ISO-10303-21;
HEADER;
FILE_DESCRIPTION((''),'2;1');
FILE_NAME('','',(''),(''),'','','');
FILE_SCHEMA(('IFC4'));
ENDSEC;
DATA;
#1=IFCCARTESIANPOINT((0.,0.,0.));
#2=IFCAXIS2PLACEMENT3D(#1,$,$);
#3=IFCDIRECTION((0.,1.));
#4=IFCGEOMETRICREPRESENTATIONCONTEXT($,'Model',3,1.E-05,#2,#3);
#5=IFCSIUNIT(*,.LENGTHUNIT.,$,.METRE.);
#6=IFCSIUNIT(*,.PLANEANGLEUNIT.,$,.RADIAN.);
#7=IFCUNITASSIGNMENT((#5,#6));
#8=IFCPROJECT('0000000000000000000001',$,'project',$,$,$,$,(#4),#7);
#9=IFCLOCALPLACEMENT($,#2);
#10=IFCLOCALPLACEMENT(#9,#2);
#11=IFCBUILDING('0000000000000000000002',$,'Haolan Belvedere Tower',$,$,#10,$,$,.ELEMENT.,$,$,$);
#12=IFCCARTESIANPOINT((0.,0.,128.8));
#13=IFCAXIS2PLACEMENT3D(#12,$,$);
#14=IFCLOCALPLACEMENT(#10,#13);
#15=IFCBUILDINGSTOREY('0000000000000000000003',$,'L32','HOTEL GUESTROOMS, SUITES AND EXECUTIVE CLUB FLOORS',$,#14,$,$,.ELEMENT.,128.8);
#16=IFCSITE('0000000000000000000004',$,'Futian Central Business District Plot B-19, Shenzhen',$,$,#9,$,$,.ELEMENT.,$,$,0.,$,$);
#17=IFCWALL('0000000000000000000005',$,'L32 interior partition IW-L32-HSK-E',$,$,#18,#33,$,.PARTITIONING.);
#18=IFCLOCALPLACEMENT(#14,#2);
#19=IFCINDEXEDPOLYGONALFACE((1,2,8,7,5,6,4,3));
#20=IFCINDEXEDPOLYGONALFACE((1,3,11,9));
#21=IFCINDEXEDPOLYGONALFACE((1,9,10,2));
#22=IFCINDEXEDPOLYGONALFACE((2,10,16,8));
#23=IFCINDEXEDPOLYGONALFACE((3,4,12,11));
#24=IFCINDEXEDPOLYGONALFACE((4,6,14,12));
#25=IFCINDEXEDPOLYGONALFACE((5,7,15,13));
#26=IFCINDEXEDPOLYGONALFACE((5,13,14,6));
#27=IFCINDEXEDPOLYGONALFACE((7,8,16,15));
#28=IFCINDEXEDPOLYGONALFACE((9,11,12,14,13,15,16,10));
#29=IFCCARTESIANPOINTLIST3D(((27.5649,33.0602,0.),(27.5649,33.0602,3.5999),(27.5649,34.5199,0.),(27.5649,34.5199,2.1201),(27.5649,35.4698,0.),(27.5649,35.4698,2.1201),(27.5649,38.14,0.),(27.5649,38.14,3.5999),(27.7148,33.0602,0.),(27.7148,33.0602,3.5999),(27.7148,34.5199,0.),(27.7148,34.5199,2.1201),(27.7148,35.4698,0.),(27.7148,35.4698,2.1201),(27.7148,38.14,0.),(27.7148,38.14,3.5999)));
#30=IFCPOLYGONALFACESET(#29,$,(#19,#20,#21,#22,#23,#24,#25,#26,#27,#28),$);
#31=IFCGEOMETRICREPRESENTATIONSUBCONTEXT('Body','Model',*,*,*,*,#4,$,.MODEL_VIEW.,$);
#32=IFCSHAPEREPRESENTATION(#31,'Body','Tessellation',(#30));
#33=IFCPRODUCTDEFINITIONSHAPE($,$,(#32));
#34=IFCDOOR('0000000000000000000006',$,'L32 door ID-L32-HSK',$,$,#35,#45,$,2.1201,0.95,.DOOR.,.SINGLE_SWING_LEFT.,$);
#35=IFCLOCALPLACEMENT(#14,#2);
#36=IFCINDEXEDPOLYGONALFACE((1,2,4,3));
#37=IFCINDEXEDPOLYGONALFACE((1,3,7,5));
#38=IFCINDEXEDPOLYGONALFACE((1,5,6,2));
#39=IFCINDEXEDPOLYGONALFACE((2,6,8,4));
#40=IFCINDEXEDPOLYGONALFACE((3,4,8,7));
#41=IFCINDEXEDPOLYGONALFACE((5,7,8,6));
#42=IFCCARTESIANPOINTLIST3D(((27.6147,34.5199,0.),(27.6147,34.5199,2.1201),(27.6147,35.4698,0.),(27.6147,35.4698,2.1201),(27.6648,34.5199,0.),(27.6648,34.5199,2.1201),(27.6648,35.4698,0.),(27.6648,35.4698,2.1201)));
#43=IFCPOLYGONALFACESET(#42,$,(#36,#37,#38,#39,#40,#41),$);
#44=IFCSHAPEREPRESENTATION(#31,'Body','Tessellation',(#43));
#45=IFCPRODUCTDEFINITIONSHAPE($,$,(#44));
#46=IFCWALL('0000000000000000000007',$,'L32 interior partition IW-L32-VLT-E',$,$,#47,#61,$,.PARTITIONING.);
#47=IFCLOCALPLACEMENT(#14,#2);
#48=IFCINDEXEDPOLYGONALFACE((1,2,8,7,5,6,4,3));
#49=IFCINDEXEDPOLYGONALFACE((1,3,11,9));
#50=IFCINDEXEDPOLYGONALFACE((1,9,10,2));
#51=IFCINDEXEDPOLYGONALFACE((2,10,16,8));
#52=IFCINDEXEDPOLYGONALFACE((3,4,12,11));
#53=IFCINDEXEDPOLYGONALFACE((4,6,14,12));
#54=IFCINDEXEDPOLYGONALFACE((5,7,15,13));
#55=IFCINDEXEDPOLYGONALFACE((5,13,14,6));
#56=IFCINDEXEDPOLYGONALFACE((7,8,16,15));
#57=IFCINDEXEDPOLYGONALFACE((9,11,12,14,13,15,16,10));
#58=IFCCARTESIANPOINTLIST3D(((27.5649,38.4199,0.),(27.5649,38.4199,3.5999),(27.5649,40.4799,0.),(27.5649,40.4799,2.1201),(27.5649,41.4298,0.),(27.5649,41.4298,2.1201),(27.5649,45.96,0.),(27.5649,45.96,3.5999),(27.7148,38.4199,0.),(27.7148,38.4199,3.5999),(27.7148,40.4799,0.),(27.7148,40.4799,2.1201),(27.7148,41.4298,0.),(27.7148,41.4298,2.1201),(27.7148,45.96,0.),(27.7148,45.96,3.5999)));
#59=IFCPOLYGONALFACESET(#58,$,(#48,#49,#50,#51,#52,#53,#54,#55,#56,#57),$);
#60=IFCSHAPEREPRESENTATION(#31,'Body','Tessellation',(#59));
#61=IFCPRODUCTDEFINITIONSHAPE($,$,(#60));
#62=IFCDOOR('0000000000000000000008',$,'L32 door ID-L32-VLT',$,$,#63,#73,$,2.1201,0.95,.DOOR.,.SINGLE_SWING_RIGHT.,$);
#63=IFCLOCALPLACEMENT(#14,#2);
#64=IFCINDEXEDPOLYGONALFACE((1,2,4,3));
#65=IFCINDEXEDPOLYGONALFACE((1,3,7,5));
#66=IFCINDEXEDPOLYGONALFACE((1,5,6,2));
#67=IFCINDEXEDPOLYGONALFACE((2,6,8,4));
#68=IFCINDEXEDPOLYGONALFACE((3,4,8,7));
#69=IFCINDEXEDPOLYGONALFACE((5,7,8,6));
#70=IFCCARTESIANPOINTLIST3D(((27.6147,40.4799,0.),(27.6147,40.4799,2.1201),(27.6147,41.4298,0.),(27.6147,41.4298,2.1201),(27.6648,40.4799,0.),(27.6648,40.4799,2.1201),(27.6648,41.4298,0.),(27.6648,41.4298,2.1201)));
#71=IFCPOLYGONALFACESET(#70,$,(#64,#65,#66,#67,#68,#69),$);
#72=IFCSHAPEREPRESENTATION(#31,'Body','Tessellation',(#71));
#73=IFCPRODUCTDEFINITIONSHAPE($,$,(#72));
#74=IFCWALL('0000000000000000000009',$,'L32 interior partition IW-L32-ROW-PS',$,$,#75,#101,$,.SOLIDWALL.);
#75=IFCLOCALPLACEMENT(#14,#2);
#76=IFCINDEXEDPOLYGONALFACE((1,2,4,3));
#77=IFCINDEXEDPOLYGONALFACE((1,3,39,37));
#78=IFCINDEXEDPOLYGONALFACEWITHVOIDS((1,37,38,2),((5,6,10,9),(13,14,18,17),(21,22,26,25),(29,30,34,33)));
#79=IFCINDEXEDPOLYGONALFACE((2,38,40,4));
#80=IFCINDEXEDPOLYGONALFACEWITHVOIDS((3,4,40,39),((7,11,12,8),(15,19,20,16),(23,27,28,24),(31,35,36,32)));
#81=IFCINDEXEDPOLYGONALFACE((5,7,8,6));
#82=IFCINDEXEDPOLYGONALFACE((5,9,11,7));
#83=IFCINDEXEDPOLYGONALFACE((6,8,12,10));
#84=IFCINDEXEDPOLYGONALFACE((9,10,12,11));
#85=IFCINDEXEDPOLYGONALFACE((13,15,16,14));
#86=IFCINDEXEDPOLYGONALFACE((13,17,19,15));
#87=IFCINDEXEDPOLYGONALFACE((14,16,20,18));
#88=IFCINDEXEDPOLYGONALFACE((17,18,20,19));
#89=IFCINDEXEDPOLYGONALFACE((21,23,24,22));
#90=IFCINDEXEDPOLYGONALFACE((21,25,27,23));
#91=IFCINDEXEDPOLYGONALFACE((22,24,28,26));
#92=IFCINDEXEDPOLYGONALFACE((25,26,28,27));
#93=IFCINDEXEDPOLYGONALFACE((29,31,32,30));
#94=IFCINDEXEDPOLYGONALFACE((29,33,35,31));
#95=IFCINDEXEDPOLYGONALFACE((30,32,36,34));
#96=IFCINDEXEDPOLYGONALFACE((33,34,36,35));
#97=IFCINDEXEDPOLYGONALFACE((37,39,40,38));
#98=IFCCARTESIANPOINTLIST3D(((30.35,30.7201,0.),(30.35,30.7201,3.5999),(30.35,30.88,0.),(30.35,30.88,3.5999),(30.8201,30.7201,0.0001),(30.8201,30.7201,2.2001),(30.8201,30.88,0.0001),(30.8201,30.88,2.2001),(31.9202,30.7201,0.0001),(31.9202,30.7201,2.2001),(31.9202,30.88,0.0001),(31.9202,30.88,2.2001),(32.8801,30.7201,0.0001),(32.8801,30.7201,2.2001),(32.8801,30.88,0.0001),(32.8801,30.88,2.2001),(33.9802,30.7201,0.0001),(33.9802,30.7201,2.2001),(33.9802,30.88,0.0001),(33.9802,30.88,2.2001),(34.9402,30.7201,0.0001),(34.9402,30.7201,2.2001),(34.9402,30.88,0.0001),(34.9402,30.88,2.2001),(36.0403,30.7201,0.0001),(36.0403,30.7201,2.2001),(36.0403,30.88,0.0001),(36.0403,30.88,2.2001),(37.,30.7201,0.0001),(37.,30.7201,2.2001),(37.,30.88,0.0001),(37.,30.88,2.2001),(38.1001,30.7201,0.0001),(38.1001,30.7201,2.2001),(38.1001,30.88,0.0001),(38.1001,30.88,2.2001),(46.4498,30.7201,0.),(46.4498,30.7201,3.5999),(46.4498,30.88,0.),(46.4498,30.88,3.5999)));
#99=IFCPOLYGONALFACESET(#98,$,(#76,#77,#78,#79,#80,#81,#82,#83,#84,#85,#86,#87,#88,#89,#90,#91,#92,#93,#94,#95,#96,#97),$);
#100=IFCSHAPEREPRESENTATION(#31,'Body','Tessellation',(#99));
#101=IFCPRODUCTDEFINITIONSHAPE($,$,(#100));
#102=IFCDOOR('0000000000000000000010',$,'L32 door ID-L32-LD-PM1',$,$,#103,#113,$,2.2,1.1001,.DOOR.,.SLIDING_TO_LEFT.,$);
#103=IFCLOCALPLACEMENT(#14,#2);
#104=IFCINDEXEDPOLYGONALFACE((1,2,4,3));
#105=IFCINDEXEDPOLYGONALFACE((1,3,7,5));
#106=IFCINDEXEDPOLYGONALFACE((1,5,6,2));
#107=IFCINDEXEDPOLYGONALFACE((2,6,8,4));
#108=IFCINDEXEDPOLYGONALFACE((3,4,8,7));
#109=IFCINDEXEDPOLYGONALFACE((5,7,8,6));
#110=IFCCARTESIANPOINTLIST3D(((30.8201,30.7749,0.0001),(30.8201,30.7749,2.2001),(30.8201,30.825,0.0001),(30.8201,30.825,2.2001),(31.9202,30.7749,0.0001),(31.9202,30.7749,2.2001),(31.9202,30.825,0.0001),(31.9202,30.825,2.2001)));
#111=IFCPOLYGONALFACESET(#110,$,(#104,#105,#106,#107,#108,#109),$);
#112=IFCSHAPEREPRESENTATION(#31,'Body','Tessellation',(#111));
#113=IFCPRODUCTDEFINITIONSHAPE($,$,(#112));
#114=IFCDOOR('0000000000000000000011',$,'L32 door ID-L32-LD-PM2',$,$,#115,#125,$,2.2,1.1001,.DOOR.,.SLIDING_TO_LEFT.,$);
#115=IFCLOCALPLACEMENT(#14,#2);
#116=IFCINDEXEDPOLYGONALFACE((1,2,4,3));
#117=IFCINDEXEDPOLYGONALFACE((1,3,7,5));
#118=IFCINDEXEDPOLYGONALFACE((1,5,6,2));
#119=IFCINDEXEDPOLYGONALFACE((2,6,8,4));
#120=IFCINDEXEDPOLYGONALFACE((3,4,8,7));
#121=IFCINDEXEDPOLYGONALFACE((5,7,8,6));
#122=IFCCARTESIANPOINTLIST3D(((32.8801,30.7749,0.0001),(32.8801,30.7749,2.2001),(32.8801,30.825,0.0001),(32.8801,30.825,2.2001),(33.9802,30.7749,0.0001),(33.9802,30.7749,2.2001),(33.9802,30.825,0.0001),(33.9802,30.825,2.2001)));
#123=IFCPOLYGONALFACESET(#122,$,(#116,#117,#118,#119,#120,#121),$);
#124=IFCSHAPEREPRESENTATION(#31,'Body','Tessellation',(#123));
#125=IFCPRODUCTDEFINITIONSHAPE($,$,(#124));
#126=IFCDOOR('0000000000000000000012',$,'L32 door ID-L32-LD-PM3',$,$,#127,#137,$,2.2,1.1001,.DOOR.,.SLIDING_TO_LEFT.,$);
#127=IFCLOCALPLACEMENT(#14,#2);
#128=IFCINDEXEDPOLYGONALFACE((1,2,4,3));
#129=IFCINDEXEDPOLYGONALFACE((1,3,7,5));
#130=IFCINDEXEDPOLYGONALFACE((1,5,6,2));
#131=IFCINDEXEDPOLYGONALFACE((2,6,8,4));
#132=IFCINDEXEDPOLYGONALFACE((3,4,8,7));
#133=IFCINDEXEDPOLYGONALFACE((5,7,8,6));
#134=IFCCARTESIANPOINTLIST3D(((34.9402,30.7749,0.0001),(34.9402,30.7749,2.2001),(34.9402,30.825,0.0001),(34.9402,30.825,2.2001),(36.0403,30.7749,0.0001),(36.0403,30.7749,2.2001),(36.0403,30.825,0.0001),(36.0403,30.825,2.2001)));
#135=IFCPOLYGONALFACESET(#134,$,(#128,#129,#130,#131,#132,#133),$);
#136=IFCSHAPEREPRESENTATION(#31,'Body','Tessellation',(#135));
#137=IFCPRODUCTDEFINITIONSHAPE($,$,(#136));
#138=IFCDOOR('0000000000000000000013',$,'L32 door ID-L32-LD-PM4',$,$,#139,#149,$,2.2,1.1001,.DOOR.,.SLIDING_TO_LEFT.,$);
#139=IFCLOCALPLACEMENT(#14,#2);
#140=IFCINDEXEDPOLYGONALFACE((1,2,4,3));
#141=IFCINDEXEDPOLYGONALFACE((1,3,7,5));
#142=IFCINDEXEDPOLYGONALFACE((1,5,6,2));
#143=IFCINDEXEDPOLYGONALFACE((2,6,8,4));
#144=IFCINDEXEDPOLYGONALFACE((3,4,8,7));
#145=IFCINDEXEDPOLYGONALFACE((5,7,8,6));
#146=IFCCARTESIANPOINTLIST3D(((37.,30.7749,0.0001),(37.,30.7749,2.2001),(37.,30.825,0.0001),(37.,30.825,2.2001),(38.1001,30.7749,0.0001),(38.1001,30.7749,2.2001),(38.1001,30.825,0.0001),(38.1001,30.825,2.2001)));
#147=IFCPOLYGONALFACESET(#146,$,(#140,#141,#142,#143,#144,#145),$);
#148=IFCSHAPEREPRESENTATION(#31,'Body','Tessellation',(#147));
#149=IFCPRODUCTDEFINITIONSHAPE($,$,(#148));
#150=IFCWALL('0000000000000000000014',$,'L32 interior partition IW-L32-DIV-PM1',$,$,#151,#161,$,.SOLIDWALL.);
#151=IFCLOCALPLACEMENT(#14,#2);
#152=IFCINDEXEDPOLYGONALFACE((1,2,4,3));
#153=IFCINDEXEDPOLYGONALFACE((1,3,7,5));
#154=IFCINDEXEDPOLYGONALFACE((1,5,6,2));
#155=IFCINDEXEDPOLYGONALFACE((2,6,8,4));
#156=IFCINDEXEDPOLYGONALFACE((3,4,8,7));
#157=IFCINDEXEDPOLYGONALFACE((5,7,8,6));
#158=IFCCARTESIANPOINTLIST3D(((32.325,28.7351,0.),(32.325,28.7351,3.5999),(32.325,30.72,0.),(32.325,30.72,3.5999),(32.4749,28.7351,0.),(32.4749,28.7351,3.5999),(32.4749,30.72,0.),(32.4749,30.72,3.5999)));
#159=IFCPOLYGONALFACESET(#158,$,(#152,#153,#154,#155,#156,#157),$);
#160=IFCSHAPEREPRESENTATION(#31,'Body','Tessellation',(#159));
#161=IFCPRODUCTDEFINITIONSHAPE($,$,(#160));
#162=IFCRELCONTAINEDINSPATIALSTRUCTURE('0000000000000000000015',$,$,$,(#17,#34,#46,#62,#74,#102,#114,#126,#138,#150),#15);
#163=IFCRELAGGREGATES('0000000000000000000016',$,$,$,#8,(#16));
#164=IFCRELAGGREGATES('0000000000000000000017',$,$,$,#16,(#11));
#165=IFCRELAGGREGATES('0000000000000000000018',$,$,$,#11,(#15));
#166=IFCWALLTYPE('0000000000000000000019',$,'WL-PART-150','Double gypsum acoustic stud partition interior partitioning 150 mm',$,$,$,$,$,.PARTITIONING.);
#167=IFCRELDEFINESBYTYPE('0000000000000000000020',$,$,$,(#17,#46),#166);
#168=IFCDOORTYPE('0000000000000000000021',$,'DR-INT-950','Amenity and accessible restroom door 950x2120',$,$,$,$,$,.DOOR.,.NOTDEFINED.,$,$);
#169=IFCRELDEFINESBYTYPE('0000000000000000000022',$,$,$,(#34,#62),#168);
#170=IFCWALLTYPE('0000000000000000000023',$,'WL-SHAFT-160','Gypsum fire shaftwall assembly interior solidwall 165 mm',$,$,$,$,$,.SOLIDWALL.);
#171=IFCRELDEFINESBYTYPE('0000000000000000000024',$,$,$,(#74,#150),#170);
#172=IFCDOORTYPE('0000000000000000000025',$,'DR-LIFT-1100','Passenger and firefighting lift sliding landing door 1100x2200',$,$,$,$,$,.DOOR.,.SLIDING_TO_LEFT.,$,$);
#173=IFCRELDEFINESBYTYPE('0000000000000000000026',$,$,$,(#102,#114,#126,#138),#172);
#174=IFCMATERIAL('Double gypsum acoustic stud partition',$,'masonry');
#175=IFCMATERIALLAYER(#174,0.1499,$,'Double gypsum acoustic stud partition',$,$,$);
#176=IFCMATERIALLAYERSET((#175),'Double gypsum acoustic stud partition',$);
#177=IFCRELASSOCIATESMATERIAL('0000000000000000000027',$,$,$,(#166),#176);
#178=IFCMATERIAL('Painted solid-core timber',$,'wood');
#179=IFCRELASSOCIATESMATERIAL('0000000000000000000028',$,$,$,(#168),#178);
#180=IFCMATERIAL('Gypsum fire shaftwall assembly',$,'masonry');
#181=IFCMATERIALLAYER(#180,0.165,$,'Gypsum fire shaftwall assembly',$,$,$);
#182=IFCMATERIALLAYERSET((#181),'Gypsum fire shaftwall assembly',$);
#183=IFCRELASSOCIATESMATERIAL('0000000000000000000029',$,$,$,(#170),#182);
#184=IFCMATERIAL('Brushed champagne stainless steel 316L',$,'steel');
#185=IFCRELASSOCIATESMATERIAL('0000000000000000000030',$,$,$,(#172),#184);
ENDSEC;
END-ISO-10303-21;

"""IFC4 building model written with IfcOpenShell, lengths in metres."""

from ifc_helpers import new_model, si_unit, direction, frame, frame_2d, origin, place, context, subcontext, project, spatial, rectangle, extrude, material, layer, layer_set, type_object, element, fill, save


model = new_model("IFC4")

# Units and contexts
model_context = context("Model", 3, precision=1e-05, world=origin(), true_north=direction((0.0, 1.0)))
body_context = subcontext(model_context, "Body", "Model", "MODEL_VIEW")
ifc_project = project(units=[si_unit("LENGTHUNIT", "METRE"), si_unit("PLANEANGLEUNIT", "RADIAN")], contexts=[model_context])

# Site, building, storey
site_placement = place(None, origin())
site = spatial("IfcSite", under=ifc_project, at=site_placement, Name="Futian Central Business District Plot B-19, Shenzhen", CompositionType="ELEMENT", RefElevation=0.0)
building_placement = place(site_placement, origin())
building = spatial("IfcBuilding", under=site, at=building_placement, Name="Haolan Belvedere Tower", CompositionType="ELEMENT")
storey_placement = place(building_placement, frame((0.0, 0.0, 128.8)))
storey = spatial("IfcBuildingStorey", under=building, at=storey_placement, Name="L32", Description="HOTEL GUESTROOMS, SUITES AND EXECUTIVE CLUB FLOORS", CompositionType="ELEMENT", Elevation=128.8)

# Shared definitions
ifc_material_1 = material(Name="Double gypsum acoustic stud partition", Category="masonry")
ifc_layer_1 = layer(ifc_material_1, 0.1499, Name="Double gypsum acoustic stud partition")
ifc_layer_set_1 = layer_set([ifc_layer_1], Name="Double gypsum acoustic stud partition")
wall_type_1 = type_object("IfcWallType", Name="WL-PART-150", Description="Double gypsum acoustic stud partition interior partitioning 150 mm", PredefinedType="PARTITIONING", material=ifc_layer_set_1)

# Walls, openings, doors
wall_1_placement = place(storey_placement, frame((27.6399, 33.0601, 0.0), z_axis=(0.0, 0.0, 1.0), x_axis=(0.0, 1.0, 0.0)))
wall_1 = element("IfcWall", 1, at=wall_1_placement, inside=storey, type_object=wall_type_1, Name="L32 interior partition IW-L32-HSK-E", PredefinedType="PARTITIONING", context=body_context, shape_type="SweptSolid", body=[
    extrude(rectangle(XDim=5.0798, YDim=0.1499, at=frame_2d((2.54, 0.0))), origin(), (0.0, 0.0, 1.0), 3.5999),
])
opening_1_placement = place(wall_1_placement, frame((2.4099, 0.0, 0.0), z_axis=(0.0, 0.0, 1.0), x_axis=(-1.0, 0.0, 0.0)))
opening_1 = element("IfcOpeningElement", 2, at=opening_1_placement, cuts=wall_1, PredefinedType="OPENING", context=body_context, shape_type="SweptSolid", body=[
    extrude(rectangle(XDim=0.95, YDim=2.1201, at=frame_2d((0.4751, 1.0601))), frame((0.0, 0.085, 0.0), z_axis=(0.0, -1.0, 0.0), x_axis=(1.0, 0.0, 0.0)), (0.0, 0.0, 1.0), 0.1699),
])
ifc_material_2 = material(Name="Painted solid-core timber", Category="wood")
door_type_1 = type_object("IfcDoorType", Name="DR-INT-950", Description="Amenity and accessible restroom door 950x2120", OperationType="NOTDEFINED", PredefinedType="DOOR", material=ifc_material_2)
door_1_placement = place(opening_1_placement, origin())
door_1 = element("IfcDoor", 3, at=door_1_placement, inside=storey, type_object=door_type_1, Name="L32 door ID-L32-HSK", OperationType="SINGLE_SWING_LEFT", OverallHeight=2.1201, OverallWidth=0.95, PredefinedType="DOOR", context=body_context, shape_type="SweptSolid", body=[
    extrude(rectangle(XDim=0.95, YDim=2.1201, at=frame_2d((0.4751, 1.0601))), frame((0.0, 0.0249, 0.0), z_axis=(0.0, -1.0, 0.0), x_axis=(1.0, 0.0, 0.0)), (0.0, 0.0, 1.0), 0.05),
])
fill(opening_1, door_1)
wall_2_placement = place(storey_placement, frame((27.6399, 38.4199, 0.0), z_axis=(0.0, 0.0, 1.0), x_axis=(0.0, 1.0, 0.0)))
wall_2 = element("IfcWall", 4, at=wall_2_placement, inside=storey, type_object=wall_type_1, Name="L32 interior partition IW-L32-VLT-E", PredefinedType="PARTITIONING", context=body_context, shape_type="SweptSolid", body=[
    extrude(rectangle(XDim=7.54, YDim=0.1499, at=frame_2d((3.77, 0.0))), origin(), (0.0, 0.0, 1.0), 3.5999),
])
opening_2_placement = place(wall_2_placement, frame((3.01, 0.0, 0.0), z_axis=(0.0, 0.0, 1.0), x_axis=(-1.0, 0.0, 0.0)))
opening_2 = element("IfcOpeningElement", 5, at=opening_2_placement, cuts=wall_2, PredefinedType="OPENING", context=body_context, shape_type="SweptSolid", body=[
    extrude(rectangle(XDim=0.95, YDim=2.1201, at=frame_2d((0.4751, 1.0601))), frame((0.0, 0.085, 0.0), z_axis=(0.0, -1.0, 0.0), x_axis=(1.0, 0.0, 0.0)), (0.0, 0.0, 1.0), 0.1699),
])
door_2_placement = place(opening_2_placement, origin())
door_2 = element("IfcDoor", 6, at=door_2_placement, inside=storey, type_object=door_type_1, Name="L32 door ID-L32-VLT", OperationType="SINGLE_SWING_RIGHT", OverallHeight=2.1201, OverallWidth=0.95, PredefinedType="DOOR", context=body_context, shape_type="SweptSolid", body=[
    extrude(rectangle(XDim=0.95, YDim=2.1201, at=frame_2d((0.4751, 1.0601))), frame((0.0, 0.0249, 0.0), z_axis=(0.0, -1.0, 0.0), x_axis=(1.0, 0.0, 0.0)), (0.0, 0.0, 1.0), 0.05),
])
fill(opening_2, door_2)
ifc_material_3 = material(Name="Gypsum fire shaftwall assembly", Category="masonry")
ifc_layer_2 = layer(ifc_material_3, 0.165, Name="Gypsum fire shaftwall assembly")
ifc_layer_set_2 = layer_set([ifc_layer_2], Name="Gypsum fire shaftwall assembly")
wall_type_2 = type_object("IfcWallType", Name="WL-SHAFT-160", Description="Gypsum fire shaftwall assembly interior solidwall 165 mm", PredefinedType="SOLIDWALL", material=ifc_layer_set_2)

# Wall, openings, doors
wall_3_placement = place(storey_placement, frame((30.3501, 30.8, 0.0), z_axis=(0.0, 0.0, 1.0), x_axis=(1.0, 0.0, 0.0)))
wall_3 = element("IfcWall", 7, at=wall_3_placement, inside=storey, type_object=wall_type_2, Name="L32 interior partition IW-L32-ROW-PS", PredefinedType="SOLIDWALL", context=body_context, shape_type="SweptSolid", body=[
    extrude(rectangle(XDim=16.0999, YDim=0.1599, at=frame_2d((8.0498, 0.0))), origin(), (0.0, 0.0, 1.0), 3.5999),
])
opening_3_placement = place(wall_3_placement, frame((0.47, 0.0, 0.0)))
opening_3 = element("IfcOpeningElement", 8, at=opening_3_placement, cuts=wall_3, PredefinedType="OPENING", context=body_context, shape_type="SweptSolid", body=[
    extrude(rectangle(XDim=1.1001, YDim=2.2, at=frame_2d((0.55, 1.1001))), frame((0.0, 0.0898, 0.0), z_axis=(0.0, -1.0, 0.0), x_axis=(1.0, 0.0, 0.0)), (0.0, 0.0, 1.0), 0.1799),
])
opening_4_placement = place(wall_3_placement, frame((2.53, 0.0, 0.0)))
opening_4 = element("IfcOpeningElement", 9, at=opening_4_placement, cuts=wall_3, PredefinedType="OPENING", context=body_context, shape_type="SweptSolid", body=[
    extrude(rectangle(XDim=1.1001, YDim=2.2, at=frame_2d((0.55, 1.1001))), frame((0.0, 0.0898, 0.0), z_axis=(0.0, -1.0, 0.0), x_axis=(1.0, 0.0, 0.0)), (0.0, 0.0, 1.0), 0.1799),
])
opening_5_placement = place(wall_3_placement, frame((4.5901, 0.0, 0.0)))
opening_5 = element("IfcOpeningElement", 10, at=opening_5_placement, cuts=wall_3, PredefinedType="OPENING", context=body_context, shape_type="SweptSolid", body=[
    extrude(rectangle(XDim=1.1001, YDim=2.2, at=frame_2d((0.55, 1.1001))), frame((0.0, 0.0898, 0.0), z_axis=(0.0, -1.0, 0.0), x_axis=(1.0, 0.0, 0.0)), (0.0, 0.0, 1.0), 0.1799),
])
opening_6_placement = place(wall_3_placement, frame((6.6499, 0.0, 0.0)))
opening_6 = element("IfcOpeningElement", 11, at=opening_6_placement, cuts=wall_3, PredefinedType="OPENING", context=body_context, shape_type="SweptSolid", body=[
    extrude(rectangle(XDim=1.1001, YDim=2.2, at=frame_2d((0.55, 1.1001))), frame((0.0, 0.0898, 0.0), z_axis=(0.0, -1.0, 0.0), x_axis=(1.0, 0.0, 0.0)), (0.0, 0.0, 1.0), 0.1799),
])
ifc_material_4 = material(Name="Brushed champagne stainless steel 316L", Category="steel")
door_type_2 = type_object("IfcDoorType", Name="DR-LIFT-1100", Description="Passenger and firefighting lift sliding landing door 1100x2200", OperationType="SLIDING_TO_LEFT", PredefinedType="DOOR", material=ifc_material_4)
door_3_placement = place(opening_3_placement, origin())
door_3 = element("IfcDoor", 12, at=door_3_placement, inside=storey, type_object=door_type_2, Name="L32 door ID-L32-LD-PM1", OperationType="SLIDING_TO_LEFT", OverallHeight=2.2, OverallWidth=1.1001, PredefinedType="DOOR", context=body_context, shape_type="SweptSolid", body=[
    extrude(rectangle(XDim=1.1001, YDim=2.2, at=frame_2d((0.55, 1.1001))), frame((0.0, 0.0249, 0.0), z_axis=(0.0, -1.0, 0.0), x_axis=(1.0, 0.0, 0.0)), (0.0, 0.0, 1.0), 0.05),
])
fill(opening_3, door_3)
door_4_placement = place(opening_4_placement, origin())
door_4 = element("IfcDoor", 13, at=door_4_placement, inside=storey, type_object=door_type_2, Name="L32 door ID-L32-LD-PM2", OperationType="SLIDING_TO_LEFT", OverallHeight=2.2, OverallWidth=1.1001, PredefinedType="DOOR", context=body_context, shape_type="SweptSolid", body=[
    extrude(rectangle(XDim=1.1001, YDim=2.2, at=frame_2d((0.55, 1.1001))), frame((0.0, 0.0249, 0.0), z_axis=(0.0, -1.0, 0.0), x_axis=(1.0, 0.0, 0.0)), (0.0, 0.0, 1.0), 0.05),
])
fill(opening_4, door_4)
door_5_placement = place(opening_5_placement, origin())
door_5 = element("IfcDoor", 14, at=door_5_placement, inside=storey, type_object=door_type_2, Name="L32 door ID-L32-LD-PM3", OperationType="SLIDING_TO_LEFT", OverallHeight=2.2, OverallWidth=1.1001, PredefinedType="DOOR", context=body_context, shape_type="SweptSolid", body=[
    extrude(rectangle(XDim=1.1001, YDim=2.2, at=frame_2d((0.55, 1.1001))), frame((0.0, 0.0249, 0.0), z_axis=(0.0, -1.0, 0.0), x_axis=(1.0, 0.0, 0.0)), (0.0, 0.0, 1.0), 0.05),
])
fill(opening_5, door_5)
door_6_placement = place(opening_6_placement, origin())
door_6 = element("IfcDoor", 15, at=door_6_placement, inside=storey, type_object=door_type_2, Name="L32 door ID-L32-LD-PM4", OperationType="SLIDING_TO_LEFT", OverallHeight=2.2, OverallWidth=1.1001, PredefinedType="DOOR", context=body_context, shape_type="SweptSolid", body=[
    extrude(rectangle(XDim=1.1001, YDim=2.2, at=frame_2d((0.55, 1.1001))), frame((0.0, 0.0249, 0.0), z_axis=(0.0, -1.0, 0.0), x_axis=(1.0, 0.0, 0.0)), (0.0, 0.0, 1.0), 0.05),
])
fill(opening_6, door_6)

# Wall
wall_4_placement = place(storey_placement, frame((32.3999, 28.7351, 0.0), z_axis=(0.0, 0.0, 1.0), x_axis=(0.0, 1.0, 0.0)))
element("IfcWall", 16, at=wall_4_placement, inside=storey, type_object=wall_type_2, Name="L32 interior partition IW-L32-DIV-PM1", PredefinedType="SOLIDWALL", context=body_context, shape_type="SweptSolid", body=[
    extrude(rectangle(XDim=1.9849, YDim=0.1499, at=frame_2d((0.9924, 0.0))), origin(), (0.0, 0.0, 1.0), 3.5999),
])

save(model, "model.ifc")
